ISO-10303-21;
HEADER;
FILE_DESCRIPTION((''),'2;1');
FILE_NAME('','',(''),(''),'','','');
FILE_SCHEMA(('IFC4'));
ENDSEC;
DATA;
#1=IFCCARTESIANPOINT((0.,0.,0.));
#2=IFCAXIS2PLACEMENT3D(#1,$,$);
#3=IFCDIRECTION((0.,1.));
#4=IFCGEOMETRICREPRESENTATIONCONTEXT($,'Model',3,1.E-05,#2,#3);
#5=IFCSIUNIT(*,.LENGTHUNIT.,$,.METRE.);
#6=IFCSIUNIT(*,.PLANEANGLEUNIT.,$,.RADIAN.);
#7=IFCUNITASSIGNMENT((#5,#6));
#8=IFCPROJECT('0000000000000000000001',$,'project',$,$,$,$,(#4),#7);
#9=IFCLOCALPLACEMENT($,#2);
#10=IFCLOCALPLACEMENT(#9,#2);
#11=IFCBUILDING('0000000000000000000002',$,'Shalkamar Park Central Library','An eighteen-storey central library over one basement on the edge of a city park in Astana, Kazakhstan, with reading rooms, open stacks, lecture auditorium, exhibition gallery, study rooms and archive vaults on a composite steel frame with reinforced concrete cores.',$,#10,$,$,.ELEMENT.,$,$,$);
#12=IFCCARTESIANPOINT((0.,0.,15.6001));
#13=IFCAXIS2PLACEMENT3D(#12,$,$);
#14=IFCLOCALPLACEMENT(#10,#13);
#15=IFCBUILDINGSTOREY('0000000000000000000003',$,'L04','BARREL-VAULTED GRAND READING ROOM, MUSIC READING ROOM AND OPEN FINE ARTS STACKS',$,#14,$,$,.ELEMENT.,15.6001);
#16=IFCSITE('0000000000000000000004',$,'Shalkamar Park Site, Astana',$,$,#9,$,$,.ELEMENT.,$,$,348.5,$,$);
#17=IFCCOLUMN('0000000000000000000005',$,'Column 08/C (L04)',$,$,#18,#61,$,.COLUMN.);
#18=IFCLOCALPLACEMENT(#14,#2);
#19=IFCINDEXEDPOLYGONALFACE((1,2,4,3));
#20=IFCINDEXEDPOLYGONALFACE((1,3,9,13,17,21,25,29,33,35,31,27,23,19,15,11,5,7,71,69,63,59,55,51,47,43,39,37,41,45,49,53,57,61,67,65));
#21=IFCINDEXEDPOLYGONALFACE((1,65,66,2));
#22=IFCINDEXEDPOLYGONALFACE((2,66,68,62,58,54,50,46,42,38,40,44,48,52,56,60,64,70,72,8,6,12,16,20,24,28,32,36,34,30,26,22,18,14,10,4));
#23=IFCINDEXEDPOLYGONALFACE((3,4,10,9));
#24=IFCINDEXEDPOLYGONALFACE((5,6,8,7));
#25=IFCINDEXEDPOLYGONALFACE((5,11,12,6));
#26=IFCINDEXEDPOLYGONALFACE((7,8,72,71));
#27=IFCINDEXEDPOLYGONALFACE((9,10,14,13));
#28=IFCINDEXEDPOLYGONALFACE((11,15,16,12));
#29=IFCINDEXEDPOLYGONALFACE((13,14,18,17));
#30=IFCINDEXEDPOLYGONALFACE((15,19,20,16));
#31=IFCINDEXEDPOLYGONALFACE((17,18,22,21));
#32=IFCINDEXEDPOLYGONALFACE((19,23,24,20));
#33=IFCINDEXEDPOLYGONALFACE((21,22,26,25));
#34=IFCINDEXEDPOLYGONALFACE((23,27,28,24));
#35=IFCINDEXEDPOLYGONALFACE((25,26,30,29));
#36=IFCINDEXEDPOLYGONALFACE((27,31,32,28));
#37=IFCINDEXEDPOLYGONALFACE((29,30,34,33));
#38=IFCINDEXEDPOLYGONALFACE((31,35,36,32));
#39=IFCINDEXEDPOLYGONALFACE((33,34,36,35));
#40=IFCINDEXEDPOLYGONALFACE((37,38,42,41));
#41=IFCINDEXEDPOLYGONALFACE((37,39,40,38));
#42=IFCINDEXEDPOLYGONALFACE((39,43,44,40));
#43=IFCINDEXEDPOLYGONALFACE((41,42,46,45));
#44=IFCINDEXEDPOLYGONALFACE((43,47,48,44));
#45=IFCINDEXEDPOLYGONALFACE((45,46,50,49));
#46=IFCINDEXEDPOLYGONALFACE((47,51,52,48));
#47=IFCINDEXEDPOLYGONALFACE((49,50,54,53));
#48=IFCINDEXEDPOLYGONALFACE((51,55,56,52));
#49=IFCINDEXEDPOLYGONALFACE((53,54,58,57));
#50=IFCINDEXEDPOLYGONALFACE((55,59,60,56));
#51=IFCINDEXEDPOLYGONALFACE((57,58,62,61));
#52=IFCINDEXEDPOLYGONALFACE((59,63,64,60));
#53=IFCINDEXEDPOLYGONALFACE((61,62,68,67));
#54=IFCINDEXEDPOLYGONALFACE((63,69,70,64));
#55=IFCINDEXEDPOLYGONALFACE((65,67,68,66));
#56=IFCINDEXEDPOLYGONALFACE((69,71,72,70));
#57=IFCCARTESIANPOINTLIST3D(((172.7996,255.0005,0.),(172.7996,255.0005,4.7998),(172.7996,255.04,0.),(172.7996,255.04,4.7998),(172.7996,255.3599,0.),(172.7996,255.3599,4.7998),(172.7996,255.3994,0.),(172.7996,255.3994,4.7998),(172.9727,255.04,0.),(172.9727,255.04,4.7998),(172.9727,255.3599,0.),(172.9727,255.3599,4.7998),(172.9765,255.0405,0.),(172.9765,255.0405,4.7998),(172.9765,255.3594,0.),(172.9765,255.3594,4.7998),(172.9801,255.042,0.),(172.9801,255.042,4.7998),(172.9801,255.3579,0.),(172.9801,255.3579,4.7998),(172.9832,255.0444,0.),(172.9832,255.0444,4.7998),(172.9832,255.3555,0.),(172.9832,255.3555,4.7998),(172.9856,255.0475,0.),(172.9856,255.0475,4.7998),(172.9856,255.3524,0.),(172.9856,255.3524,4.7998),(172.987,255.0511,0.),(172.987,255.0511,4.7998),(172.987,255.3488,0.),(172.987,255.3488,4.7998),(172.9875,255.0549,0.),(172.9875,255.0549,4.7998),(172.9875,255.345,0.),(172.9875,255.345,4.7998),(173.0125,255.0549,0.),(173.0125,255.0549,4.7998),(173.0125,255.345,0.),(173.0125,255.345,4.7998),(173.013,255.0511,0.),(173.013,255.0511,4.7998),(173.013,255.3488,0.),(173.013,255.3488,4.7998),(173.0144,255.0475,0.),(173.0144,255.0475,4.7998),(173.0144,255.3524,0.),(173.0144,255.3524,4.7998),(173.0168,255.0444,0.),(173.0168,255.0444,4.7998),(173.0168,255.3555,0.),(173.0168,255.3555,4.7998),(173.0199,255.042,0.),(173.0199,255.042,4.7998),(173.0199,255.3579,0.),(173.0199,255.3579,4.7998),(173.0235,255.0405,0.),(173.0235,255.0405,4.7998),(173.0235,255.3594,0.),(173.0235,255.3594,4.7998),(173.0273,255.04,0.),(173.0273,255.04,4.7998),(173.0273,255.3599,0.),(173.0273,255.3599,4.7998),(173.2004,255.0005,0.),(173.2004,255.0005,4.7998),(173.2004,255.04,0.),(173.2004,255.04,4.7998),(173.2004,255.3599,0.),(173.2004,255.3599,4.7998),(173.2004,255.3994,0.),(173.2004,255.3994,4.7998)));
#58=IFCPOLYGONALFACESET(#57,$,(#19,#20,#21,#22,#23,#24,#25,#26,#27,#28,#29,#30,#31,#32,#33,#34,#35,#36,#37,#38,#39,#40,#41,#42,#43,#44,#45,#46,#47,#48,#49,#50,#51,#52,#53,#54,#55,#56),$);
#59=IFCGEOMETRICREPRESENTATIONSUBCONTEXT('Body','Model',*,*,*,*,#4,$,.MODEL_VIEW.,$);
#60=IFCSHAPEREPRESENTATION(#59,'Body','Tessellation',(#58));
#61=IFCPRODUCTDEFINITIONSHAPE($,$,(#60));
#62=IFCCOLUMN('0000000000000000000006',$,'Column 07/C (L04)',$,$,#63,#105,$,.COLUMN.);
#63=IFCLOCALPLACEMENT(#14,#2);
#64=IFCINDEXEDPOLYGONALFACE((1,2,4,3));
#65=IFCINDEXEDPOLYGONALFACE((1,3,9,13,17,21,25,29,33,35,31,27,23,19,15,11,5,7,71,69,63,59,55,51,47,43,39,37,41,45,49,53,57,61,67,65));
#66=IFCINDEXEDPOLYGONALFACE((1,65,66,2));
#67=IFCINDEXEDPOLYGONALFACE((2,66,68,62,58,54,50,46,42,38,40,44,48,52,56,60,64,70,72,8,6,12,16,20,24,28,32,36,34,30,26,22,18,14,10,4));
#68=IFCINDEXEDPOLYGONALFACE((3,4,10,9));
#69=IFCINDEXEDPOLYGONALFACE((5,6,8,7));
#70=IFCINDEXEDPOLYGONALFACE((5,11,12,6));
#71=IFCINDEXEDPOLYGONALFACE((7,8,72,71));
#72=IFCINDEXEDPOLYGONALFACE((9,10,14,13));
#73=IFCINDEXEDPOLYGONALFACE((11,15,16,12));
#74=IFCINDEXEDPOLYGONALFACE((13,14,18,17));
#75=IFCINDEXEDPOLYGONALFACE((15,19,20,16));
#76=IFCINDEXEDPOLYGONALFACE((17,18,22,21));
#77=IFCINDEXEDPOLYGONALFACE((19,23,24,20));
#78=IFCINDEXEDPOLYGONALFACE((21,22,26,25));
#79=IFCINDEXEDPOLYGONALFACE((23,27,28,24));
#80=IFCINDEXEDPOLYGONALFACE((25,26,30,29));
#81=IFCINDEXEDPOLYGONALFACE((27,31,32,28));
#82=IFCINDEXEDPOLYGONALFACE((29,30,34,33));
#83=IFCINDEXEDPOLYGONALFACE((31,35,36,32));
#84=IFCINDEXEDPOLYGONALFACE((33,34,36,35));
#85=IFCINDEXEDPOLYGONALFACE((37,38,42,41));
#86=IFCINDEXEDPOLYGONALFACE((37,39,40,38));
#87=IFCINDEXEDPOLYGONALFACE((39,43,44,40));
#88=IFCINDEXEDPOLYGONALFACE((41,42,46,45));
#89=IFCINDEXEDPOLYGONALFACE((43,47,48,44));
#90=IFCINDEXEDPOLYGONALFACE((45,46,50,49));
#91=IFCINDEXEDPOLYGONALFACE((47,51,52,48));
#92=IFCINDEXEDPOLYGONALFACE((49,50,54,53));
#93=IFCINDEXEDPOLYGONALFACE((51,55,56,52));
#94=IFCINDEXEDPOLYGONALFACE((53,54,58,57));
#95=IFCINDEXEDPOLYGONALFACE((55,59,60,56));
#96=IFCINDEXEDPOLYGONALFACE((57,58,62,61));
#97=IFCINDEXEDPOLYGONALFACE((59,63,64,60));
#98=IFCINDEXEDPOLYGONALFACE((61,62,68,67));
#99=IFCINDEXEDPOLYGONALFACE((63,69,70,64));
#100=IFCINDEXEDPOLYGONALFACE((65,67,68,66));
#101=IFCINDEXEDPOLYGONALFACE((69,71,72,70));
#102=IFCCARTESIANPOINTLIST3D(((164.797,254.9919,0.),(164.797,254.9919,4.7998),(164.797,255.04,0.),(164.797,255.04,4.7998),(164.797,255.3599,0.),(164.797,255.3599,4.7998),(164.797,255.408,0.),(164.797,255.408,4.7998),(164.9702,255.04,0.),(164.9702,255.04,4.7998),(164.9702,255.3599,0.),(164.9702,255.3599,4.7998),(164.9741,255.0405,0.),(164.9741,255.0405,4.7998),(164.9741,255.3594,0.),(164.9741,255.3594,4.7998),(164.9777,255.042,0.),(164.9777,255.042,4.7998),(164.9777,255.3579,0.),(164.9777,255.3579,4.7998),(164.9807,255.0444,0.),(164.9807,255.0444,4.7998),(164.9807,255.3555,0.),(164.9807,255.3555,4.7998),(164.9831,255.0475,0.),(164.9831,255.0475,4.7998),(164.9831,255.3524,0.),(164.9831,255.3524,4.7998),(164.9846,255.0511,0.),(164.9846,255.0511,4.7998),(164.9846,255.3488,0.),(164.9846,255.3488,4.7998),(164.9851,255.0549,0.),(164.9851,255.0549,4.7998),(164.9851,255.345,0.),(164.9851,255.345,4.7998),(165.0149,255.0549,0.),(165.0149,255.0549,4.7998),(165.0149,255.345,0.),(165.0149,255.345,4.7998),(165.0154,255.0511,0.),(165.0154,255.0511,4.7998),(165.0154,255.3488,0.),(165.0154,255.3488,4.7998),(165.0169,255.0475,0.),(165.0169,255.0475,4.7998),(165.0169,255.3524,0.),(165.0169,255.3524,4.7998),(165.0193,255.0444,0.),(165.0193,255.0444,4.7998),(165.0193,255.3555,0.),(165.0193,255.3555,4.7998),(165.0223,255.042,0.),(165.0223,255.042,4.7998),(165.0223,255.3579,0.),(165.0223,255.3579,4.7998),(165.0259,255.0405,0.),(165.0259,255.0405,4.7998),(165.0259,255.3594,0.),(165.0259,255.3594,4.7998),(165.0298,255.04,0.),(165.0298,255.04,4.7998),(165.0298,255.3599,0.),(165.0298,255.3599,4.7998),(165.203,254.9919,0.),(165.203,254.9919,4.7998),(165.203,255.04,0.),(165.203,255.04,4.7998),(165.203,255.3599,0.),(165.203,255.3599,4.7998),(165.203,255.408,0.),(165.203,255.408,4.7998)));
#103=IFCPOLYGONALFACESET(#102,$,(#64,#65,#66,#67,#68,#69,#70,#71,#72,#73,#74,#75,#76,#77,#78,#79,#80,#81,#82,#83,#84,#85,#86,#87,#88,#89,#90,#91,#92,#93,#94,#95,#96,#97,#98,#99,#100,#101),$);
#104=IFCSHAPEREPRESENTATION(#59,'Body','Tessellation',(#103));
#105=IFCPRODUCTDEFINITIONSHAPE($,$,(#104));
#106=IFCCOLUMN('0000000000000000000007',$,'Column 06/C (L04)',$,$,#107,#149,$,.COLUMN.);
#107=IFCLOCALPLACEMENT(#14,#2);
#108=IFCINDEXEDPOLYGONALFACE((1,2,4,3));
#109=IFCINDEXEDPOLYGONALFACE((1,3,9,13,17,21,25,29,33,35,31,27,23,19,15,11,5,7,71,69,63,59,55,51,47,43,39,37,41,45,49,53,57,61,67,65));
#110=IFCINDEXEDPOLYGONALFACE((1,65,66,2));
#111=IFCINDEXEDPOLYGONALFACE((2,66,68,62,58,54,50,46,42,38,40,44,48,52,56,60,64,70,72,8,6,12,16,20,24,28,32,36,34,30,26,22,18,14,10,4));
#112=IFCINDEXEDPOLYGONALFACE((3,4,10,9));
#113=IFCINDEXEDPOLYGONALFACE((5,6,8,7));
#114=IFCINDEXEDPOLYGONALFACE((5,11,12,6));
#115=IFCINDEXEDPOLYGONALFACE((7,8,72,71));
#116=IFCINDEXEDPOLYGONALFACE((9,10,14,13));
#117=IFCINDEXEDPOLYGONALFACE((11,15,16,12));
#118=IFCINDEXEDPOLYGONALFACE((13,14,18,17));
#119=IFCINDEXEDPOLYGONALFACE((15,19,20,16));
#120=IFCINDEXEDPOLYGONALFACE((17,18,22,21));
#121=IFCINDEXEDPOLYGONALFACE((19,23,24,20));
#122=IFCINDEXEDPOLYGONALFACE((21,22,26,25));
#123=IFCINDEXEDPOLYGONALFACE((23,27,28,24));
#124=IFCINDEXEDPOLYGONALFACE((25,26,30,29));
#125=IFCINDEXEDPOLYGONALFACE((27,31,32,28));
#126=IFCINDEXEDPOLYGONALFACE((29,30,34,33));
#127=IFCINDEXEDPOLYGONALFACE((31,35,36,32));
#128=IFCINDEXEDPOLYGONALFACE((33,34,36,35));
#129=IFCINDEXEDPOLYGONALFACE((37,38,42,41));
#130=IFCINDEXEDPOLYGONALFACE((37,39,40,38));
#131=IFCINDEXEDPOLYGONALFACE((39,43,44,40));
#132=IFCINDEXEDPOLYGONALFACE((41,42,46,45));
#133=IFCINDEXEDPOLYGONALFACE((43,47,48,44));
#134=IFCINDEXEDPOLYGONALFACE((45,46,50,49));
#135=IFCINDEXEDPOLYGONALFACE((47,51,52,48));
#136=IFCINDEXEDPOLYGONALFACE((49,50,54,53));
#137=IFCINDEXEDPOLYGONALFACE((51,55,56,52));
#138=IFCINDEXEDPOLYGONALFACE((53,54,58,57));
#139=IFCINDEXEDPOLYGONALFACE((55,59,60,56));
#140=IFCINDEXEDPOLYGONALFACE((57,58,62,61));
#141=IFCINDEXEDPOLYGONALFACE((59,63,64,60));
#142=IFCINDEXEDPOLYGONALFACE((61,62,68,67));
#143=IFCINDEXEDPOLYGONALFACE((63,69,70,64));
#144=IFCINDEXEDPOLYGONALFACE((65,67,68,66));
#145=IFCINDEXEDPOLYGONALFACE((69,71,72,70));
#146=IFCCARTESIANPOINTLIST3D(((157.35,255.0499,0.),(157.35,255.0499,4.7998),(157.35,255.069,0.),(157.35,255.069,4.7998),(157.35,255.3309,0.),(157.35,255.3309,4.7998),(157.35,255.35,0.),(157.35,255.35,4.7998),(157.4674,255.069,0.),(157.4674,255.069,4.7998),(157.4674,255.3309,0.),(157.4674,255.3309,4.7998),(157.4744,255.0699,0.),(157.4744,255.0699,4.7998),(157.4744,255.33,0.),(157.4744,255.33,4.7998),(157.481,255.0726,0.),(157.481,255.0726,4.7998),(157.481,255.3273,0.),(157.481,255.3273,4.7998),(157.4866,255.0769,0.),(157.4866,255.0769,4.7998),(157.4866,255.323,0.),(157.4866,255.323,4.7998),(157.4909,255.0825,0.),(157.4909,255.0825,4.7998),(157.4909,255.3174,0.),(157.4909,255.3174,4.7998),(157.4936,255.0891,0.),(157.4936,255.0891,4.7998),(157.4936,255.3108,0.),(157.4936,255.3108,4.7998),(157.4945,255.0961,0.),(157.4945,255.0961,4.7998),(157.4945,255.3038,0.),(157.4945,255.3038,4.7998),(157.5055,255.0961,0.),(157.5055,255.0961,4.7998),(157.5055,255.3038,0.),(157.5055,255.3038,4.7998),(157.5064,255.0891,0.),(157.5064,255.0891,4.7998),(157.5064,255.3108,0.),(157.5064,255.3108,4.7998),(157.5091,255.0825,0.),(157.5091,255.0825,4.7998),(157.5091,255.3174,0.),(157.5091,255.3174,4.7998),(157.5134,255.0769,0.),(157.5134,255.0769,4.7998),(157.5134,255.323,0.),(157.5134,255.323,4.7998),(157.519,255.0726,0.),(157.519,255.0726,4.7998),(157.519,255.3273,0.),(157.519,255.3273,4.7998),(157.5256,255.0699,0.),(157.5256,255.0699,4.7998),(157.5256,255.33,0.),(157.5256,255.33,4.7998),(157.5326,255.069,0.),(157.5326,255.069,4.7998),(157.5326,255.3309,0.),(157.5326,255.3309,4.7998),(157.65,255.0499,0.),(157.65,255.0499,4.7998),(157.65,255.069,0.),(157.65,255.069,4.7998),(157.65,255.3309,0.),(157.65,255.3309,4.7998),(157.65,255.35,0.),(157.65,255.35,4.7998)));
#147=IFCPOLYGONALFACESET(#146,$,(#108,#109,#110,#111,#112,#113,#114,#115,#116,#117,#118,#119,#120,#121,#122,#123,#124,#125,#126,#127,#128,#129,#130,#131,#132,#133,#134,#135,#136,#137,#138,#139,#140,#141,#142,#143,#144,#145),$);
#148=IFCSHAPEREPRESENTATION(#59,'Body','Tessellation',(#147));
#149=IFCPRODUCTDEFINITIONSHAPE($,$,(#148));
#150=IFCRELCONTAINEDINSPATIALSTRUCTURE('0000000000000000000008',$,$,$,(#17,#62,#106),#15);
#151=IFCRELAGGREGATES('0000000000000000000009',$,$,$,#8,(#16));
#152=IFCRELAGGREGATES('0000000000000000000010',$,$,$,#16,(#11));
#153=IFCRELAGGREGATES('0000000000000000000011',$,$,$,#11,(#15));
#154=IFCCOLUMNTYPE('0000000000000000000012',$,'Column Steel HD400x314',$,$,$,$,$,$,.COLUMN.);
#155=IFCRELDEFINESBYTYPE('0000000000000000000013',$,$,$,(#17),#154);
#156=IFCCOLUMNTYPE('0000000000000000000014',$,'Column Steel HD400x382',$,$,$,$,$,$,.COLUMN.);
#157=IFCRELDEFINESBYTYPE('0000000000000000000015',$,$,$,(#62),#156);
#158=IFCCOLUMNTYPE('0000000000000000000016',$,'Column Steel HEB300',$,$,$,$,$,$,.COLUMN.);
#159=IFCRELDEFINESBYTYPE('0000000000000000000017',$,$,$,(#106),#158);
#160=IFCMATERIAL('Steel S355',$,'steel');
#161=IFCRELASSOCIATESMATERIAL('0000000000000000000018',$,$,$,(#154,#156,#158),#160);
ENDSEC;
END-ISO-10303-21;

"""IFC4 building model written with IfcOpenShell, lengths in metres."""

from ifc_helpers import new_model, si_unit, direction, frame, origin, origin_2d, place, context, subcontext, project, spatial, i_section, extrude, material, material_profile, profile_set, type_object, element, save


model = new_model("IFC4")

# Units and contexts
model_context = context("Model", 3, precision=1e-05, world=origin(), true_north=direction((0.0, 1.0)))
body_context = subcontext(model_context, "Body", "Model", "MODEL_VIEW")
ifc_project = project(units=[si_unit("LENGTHUNIT", "METRE"), si_unit("PLANEANGLEUNIT", "RADIAN")], contexts=[model_context])

# Site, building, storey
site_placement = place(None, origin())
site = spatial("IfcSite", under=ifc_project, at=site_placement, Name="Shalkamar Park Site, Astana", CompositionType="ELEMENT", RefElevation=348.5)
building_placement = place(site_placement, origin())
building = spatial("IfcBuilding", under=site, at=building_placement, Name="Shalkamar Park Central Library", Description="An eighteen-storey central library over one basement on the edge of a city park in Astana, Kazakhstan, with reading rooms, open stacks, lecture auditorium, exhibition gallery, study rooms and archive vaults on a composite steel frame with reinforced concrete cores.", CompositionType="ELEMENT")
storey_placement = place(building_placement, frame((0.0, 0.0, 15.6001)))
storey = spatial("IfcBuildingStorey", under=building, at=storey_placement, Name="L04", Description="BARREL-VAULTED GRAND READING ROOM, MUSIC READING ROOM AND OPEN FINE ARTS STACKS", CompositionType="ELEMENT", Elevation=15.6001)

# Columns
ifc_material_1 = material(Name="Steel S355", Category="steel")
ifc_material_profile_1 = material_profile(ifc_material_1, i_section(OverallWidth=0.4009, OverallDepth=0.3989, WebThickness=0.0249, FlangeThickness=0.0396, FilletRadius=0.0149, at=origin_2d()), Name="HD 400x314")
ifc_profile_set_1 = profile_set([ifc_material_profile_1], Name="Steel S355")
column_type_1 = type_object("IfcColumnType", Name="Column Steel HD400x314", PredefinedType="COLUMN", material=ifc_profile_set_1)
column_1_placement = place(storey_placement, frame((173.0, 255.2, 0.0), z_axis=(0.0, 0.0, 1.0), x_axis=(1.0, 0.0, 0.0)))
element("IfcColumn", 1, at=column_1_placement, inside=storey, type_object=column_type_1, Name="Column 08/C (L04)", PredefinedType="COLUMN", context=body_context, shape_type="SweptSolid", body=[
    extrude(i_section(OverallWidth=0.4009, OverallDepth=0.3989, WebThickness=0.0249, FlangeThickness=0.0396, FilletRadius=0.0149, at=origin_2d()), origin(), (0.0, 0.0, 1.0), 4.7998),
])
ifc_material_profile_2 = material_profile(ifc_material_1, i_section(OverallWidth=0.406, OverallDepth=0.416, WebThickness=0.0298, FlangeThickness=0.0481, FilletRadius=0.0149, at=origin_2d()), Name="HD 400x382")
ifc_profile_set_2 = profile_set([ifc_material_profile_2], Name="Steel S355")
column_type_2 = type_object("IfcColumnType", Name="Column Steel HD400x382", PredefinedType="COLUMN", material=ifc_profile_set_2)
column_2_placement = place(storey_placement, frame((165.0, 255.2, 0.0), z_axis=(0.0, 0.0, 1.0), x_axis=(1.0, 0.0, 0.0)))
element("IfcColumn", 2, at=column_2_placement, inside=storey, type_object=column_type_2, Name="Column 07/C (L04)", PredefinedType="COLUMN", context=body_context, shape_type="SweptSolid", body=[
    extrude(i_section(OverallWidth=0.406, OverallDepth=0.416, WebThickness=0.0298, FlangeThickness=0.0481, FilletRadius=0.0149, at=origin_2d()), origin(), (0.0, 0.0, 1.0), 4.7998),
])
ifc_material_profile_3 = material_profile(ifc_material_1, i_section(OverallWidth=0.3, OverallDepth=0.3, WebThickness=0.011, FlangeThickness=0.019, FilletRadius=0.0271, at=origin_2d()), Name="HEB 300")
ifc_profile_set_3 = profile_set([ifc_material_profile_3], Name="Steel S355")
column_type_3 = type_object("IfcColumnType", Name="Column Steel HEB300", PredefinedType="COLUMN", material=ifc_profile_set_3)
column_3_placement = place(storey_placement, frame((157.5, 255.2, 0.0), z_axis=(0.0, 0.0, 1.0), x_axis=(1.0, 0.0, 0.0)))
element("IfcColumn", 3, at=column_3_placement, inside=storey, type_object=column_type_3, Name="Column 06/C (L04)", PredefinedType="COLUMN", context=body_context, shape_type="SweptSolid", body=[
    extrude(i_section(OverallWidth=0.3, OverallDepth=0.3, WebThickness=0.011, FlangeThickness=0.019, FilletRadius=0.0271, at=origin_2d()), origin(), (0.0, 0.0, 1.0), 4.7998),
])

save(model, "model.ifc")
